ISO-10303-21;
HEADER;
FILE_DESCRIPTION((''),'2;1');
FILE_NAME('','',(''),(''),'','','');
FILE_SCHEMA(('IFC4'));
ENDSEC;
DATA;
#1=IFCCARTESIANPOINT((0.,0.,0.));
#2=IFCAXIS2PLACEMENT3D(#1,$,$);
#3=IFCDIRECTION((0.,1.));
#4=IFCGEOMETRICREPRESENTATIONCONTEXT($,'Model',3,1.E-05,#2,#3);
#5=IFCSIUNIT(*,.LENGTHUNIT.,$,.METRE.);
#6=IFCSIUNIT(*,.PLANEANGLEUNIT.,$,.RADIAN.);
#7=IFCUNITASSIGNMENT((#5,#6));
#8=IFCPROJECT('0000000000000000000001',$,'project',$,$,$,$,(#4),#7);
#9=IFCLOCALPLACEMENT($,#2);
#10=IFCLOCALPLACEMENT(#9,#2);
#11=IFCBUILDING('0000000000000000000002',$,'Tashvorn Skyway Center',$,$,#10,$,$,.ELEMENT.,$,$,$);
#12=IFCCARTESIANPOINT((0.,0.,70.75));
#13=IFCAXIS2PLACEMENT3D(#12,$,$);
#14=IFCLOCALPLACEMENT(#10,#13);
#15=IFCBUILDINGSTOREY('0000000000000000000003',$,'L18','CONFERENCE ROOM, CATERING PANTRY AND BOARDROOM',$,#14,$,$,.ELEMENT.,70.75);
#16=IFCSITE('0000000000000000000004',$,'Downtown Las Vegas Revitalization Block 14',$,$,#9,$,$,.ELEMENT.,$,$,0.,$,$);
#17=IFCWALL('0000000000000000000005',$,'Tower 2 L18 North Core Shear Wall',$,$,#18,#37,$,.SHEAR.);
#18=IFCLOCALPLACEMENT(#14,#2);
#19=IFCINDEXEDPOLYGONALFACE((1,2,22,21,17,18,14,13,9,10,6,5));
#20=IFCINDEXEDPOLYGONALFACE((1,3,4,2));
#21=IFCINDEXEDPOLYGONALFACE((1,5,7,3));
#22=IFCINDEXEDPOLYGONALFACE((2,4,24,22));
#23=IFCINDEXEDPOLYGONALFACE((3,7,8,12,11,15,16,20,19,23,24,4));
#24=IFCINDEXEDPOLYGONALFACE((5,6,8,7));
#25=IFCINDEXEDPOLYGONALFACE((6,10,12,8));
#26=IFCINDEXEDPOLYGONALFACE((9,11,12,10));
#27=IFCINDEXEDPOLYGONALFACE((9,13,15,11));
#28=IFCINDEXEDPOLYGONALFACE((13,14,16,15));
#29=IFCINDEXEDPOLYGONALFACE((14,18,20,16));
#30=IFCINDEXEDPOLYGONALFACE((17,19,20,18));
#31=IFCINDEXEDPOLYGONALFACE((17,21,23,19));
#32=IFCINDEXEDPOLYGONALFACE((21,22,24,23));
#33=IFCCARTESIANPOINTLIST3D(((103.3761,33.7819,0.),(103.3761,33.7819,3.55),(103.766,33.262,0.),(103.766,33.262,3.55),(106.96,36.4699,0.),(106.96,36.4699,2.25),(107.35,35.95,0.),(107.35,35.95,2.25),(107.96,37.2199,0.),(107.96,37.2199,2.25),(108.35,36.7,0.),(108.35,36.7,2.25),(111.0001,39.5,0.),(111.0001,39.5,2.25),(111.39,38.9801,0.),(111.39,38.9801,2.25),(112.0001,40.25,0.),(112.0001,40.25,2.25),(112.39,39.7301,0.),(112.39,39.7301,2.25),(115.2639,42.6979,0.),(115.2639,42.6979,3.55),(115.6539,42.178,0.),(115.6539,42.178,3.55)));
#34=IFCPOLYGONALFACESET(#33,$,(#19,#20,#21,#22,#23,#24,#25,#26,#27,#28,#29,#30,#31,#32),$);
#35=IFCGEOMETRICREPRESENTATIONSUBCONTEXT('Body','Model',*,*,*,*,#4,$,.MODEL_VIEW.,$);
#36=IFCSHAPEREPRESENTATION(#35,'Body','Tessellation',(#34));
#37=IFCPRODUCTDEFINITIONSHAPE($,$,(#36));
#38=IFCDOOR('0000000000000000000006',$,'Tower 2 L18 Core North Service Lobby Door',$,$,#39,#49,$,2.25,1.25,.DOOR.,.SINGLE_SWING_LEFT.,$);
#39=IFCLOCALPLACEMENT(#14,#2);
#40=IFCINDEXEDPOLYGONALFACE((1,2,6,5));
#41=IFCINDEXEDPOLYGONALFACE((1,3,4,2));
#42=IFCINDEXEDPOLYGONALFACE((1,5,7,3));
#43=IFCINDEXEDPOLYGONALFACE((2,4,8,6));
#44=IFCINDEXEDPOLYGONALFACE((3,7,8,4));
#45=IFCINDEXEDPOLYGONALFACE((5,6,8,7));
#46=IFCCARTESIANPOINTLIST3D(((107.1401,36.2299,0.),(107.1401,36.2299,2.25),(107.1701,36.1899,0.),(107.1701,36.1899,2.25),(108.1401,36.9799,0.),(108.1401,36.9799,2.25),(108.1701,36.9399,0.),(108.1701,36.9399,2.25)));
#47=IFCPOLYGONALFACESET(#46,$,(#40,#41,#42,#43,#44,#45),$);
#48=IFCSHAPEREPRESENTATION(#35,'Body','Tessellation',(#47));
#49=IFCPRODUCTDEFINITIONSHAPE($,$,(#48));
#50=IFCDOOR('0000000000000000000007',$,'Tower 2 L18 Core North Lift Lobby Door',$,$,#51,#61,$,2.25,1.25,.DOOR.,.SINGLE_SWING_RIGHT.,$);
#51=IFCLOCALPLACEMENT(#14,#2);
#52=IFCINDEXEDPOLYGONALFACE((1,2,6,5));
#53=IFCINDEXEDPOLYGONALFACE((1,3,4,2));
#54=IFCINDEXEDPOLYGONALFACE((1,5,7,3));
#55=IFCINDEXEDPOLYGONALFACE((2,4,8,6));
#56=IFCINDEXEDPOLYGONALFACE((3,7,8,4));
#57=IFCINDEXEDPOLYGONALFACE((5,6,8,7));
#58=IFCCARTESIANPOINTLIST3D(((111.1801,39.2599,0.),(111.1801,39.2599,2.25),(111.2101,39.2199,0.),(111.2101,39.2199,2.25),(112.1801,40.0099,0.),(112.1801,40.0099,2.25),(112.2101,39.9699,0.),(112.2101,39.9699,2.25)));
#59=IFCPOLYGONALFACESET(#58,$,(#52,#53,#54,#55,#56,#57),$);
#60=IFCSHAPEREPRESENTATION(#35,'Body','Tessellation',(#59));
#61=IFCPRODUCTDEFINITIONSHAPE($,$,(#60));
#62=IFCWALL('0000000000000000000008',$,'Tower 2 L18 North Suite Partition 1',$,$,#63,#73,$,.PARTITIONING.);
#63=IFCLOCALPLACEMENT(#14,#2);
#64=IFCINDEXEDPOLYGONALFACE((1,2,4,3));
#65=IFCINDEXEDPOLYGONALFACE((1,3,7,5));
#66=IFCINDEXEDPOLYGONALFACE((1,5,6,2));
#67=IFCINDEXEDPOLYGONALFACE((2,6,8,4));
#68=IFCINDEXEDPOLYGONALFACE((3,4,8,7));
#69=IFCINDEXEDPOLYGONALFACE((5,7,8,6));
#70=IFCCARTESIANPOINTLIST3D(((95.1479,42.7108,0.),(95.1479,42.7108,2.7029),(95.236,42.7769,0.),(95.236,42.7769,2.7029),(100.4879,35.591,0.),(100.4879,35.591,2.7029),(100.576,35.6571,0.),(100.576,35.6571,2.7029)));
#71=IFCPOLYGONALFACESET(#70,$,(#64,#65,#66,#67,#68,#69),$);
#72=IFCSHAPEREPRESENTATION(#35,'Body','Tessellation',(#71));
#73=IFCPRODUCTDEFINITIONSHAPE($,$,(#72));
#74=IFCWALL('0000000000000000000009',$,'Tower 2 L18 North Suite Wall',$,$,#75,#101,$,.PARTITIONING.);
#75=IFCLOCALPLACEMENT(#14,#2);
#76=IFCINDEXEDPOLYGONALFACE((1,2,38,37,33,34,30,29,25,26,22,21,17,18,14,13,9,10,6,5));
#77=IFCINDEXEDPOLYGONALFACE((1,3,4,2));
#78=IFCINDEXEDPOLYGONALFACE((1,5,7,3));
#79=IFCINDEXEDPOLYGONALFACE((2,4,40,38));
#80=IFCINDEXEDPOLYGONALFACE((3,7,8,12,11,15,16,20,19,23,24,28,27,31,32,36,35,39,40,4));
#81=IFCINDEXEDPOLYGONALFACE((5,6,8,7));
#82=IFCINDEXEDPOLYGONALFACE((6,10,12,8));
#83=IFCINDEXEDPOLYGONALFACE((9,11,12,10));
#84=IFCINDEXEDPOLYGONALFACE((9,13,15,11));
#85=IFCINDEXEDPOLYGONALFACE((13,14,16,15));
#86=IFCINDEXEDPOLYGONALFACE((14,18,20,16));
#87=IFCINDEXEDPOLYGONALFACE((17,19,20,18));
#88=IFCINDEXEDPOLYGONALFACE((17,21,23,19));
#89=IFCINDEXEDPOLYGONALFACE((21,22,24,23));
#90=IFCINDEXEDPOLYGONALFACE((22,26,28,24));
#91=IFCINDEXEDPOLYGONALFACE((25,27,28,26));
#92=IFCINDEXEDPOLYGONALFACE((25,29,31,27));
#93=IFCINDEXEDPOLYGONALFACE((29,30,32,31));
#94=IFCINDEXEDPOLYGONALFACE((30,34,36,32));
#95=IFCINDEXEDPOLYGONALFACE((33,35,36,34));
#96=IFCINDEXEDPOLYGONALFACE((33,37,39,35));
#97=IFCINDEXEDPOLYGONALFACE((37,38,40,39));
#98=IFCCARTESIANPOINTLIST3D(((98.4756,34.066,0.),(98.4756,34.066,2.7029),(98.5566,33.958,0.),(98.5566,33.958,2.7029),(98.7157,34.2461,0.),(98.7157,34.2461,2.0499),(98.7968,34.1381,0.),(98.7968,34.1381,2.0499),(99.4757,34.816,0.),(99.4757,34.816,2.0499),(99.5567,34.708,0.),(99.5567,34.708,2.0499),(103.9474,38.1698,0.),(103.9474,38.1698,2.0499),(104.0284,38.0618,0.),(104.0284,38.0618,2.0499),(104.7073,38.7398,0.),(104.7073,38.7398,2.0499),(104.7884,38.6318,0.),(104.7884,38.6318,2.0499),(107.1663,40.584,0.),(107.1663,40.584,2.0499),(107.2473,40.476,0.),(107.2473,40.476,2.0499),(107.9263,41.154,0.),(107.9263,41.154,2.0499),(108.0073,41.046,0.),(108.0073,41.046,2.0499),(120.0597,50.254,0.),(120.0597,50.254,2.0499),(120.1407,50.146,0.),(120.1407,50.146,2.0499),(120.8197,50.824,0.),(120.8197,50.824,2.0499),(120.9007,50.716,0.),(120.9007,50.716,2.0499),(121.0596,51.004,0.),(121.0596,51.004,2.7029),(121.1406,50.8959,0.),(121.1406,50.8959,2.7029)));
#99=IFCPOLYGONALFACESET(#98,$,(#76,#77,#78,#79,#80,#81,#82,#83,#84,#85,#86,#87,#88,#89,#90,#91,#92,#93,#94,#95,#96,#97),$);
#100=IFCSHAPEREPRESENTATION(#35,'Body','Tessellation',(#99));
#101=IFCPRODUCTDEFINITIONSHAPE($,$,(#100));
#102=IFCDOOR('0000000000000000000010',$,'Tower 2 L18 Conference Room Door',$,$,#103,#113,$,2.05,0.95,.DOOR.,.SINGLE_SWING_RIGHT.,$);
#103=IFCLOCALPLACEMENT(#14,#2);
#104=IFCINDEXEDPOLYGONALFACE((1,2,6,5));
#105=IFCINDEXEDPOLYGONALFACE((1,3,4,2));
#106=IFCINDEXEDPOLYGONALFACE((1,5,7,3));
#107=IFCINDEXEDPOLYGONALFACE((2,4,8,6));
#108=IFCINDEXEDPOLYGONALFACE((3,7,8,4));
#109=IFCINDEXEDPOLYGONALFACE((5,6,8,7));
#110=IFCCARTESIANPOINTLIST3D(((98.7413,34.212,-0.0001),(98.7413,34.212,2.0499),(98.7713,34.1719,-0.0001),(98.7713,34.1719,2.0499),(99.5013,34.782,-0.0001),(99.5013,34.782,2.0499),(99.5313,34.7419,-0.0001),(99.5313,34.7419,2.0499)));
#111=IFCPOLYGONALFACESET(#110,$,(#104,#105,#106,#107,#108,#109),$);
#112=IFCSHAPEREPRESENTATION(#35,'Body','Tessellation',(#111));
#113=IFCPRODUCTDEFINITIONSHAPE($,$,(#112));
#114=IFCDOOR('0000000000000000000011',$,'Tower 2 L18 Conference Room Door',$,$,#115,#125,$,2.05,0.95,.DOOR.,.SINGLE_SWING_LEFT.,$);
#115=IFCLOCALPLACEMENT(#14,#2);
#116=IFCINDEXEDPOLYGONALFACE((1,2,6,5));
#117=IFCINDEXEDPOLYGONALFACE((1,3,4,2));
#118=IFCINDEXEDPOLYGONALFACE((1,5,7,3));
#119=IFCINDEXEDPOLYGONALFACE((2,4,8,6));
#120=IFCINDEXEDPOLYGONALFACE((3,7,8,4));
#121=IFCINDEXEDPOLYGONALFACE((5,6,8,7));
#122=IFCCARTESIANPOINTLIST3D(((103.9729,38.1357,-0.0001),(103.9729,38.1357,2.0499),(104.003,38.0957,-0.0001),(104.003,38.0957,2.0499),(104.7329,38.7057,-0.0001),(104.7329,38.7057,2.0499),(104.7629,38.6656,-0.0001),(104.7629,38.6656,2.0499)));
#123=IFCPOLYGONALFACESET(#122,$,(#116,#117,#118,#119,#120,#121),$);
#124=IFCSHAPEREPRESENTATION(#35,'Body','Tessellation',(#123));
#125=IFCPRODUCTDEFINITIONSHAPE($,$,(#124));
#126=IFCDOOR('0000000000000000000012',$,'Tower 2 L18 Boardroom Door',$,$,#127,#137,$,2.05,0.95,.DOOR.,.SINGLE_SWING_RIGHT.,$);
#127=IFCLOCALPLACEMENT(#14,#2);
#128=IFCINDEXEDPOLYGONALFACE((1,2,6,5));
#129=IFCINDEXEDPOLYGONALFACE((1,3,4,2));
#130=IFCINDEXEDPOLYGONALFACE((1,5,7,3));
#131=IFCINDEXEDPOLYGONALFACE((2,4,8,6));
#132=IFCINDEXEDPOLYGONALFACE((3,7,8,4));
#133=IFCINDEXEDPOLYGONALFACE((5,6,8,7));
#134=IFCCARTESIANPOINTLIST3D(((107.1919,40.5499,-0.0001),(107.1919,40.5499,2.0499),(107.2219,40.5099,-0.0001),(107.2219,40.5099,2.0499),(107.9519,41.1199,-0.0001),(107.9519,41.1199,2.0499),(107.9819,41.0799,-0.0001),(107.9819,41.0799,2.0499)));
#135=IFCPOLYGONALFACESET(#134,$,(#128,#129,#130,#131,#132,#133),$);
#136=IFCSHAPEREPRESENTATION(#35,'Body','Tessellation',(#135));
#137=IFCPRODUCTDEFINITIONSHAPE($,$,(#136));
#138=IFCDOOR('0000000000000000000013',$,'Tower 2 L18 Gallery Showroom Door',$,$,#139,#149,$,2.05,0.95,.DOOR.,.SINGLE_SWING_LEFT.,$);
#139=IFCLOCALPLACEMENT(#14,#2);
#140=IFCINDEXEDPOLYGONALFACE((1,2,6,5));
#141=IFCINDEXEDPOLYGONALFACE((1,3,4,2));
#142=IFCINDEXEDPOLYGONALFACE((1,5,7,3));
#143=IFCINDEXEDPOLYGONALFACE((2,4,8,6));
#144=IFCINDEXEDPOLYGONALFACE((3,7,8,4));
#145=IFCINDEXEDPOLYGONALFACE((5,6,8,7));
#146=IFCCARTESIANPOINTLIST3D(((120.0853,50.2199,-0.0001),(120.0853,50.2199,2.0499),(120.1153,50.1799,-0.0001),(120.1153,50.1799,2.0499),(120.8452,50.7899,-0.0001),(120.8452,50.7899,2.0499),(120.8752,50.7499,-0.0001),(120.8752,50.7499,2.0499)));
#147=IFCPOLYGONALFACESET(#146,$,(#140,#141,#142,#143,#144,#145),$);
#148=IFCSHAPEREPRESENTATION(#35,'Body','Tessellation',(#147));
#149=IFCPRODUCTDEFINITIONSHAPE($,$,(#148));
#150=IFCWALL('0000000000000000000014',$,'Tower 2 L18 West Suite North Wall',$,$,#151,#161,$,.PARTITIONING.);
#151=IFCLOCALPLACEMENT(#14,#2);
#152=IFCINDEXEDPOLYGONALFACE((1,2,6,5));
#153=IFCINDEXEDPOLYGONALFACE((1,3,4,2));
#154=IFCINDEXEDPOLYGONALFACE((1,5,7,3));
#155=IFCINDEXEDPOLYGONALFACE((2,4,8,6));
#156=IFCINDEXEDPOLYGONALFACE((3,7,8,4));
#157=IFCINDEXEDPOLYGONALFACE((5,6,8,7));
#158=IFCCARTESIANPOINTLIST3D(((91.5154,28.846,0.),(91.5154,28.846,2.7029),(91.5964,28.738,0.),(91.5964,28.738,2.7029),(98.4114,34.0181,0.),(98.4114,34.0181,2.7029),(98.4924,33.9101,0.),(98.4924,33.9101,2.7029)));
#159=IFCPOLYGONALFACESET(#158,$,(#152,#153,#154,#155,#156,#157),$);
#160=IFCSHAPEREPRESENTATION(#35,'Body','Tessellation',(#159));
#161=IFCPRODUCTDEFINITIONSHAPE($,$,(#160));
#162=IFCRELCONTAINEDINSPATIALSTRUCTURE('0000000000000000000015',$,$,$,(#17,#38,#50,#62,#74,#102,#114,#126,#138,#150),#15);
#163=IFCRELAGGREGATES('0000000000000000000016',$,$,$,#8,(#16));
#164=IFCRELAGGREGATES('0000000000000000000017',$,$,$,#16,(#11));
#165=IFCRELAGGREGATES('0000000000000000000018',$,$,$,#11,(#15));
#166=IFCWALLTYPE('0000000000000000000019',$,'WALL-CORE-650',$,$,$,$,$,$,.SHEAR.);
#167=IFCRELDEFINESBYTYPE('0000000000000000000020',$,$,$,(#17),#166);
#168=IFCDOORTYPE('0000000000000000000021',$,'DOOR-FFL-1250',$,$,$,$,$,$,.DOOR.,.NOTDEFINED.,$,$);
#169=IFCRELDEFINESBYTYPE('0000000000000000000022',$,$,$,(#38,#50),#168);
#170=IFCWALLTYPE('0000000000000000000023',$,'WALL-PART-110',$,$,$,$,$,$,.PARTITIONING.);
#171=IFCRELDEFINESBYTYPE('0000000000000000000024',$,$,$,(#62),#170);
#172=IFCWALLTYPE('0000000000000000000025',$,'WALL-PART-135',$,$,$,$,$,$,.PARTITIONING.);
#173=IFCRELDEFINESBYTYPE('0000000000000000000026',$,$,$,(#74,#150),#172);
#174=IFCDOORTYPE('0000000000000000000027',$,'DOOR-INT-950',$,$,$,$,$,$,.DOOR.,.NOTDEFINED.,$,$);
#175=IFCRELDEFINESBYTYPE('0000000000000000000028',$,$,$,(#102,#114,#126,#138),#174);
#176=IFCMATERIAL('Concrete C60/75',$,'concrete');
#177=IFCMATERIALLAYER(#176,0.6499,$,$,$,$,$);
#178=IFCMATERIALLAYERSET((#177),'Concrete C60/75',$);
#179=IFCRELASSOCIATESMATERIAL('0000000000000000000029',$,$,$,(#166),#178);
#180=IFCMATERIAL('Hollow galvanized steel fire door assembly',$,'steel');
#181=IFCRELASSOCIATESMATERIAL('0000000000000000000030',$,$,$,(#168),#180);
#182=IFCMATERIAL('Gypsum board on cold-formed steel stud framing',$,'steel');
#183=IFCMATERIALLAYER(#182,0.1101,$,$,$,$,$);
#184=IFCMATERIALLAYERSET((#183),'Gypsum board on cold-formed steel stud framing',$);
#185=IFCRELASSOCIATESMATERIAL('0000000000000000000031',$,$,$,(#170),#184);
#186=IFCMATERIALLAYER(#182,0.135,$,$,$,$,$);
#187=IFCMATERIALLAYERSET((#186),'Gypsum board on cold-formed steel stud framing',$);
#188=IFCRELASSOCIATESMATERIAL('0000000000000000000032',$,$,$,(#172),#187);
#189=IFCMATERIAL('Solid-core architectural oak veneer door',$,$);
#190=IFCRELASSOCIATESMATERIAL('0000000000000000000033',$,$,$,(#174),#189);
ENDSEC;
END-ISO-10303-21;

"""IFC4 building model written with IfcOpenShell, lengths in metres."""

from ifc_helpers import new_model, si_unit, direction, frame, frame_2d, origin, place, context, subcontext, project, spatial, rectangle, extrude, material, layer, layer_set, type_object, element, fill, save


model = new_model("IFC4")

# Units and contexts
model_context = context("Model", 3, precision=1e-05, world=origin(), true_north=direction((0.0, 1.0)))
body_context = subcontext(model_context, "Body", "Model", "MODEL_VIEW")
ifc_project = project(units=[si_unit("LENGTHUNIT", "METRE"), si_unit("PLANEANGLEUNIT", "RADIAN")], contexts=[model_context])

# Site, building, storey
site_placement = place(None, origin())
site = spatial("IfcSite", under=ifc_project, at=site_placement, Name="Downtown Las Vegas Revitalization Block 14", CompositionType="ELEMENT", RefElevation=0.0)
building_placement = place(site_placement, origin())
building = spatial("IfcBuilding", under=site, at=building_placement, Name="Tashvorn Skyway Center", CompositionType="ELEMENT")
storey_placement = place(building_placement, frame((0.0, 0.0, 70.75)))
storey = spatial("IfcBuildingStorey", under=building, at=storey_placement, Name="L18", Description="CONFERENCE ROOM, CATERING PANTRY AND BOARDROOM", CompositionType="ELEMENT", Elevation=70.75)

# Wall, openings, doors
ifc_material_1 = material(Name="Concrete C60/75", Category="concrete")
ifc_layer_1 = layer(ifc_material_1, 0.6499)
ifc_layer_set_1 = layer_set([ifc_layer_1], Name="Concrete C60/75")
wall_type_1 = type_object("IfcWallType", Name="WALL-CORE-650", PredefinedType="SHEAR", material=ifc_layer_set_1)
wall_1_placement = place(storey_placement, frame((103.571, 33.522, 0.0), z_axis=(0.0, 0.0, 1.0), x_axis=(0.799998, 0.600003, 0.0)))
wall_1 = element("IfcWall", 1, at=wall_1_placement, inside=storey, type_object=wall_type_1, Name="Tower 2 L18 North Core Shear Wall", PredefinedType="SHEAR", context=body_context, shape_type="SweptSolid", body=[
    extrude(rectangle(XDim=14.8599, YDim=0.6499, at=frame_2d((7.4299, 0.0))), origin(), (0.0, 0.0, 1.0), 3.55),
])
opening_1_placement = place(wall_1_placement, frame((4.48, 0.0, 0.0)))
opening_1 = element("IfcOpeningElement", 2, at=opening_1_placement, cuts=wall_1, PredefinedType="OPENING", context=body_context, shape_type="SweptSolid", body=[
    extrude(rectangle(XDim=1.25, YDim=2.25, at=frame_2d((0.625, 1.125))), frame((0.0, 0.335, 0.0), z_axis=(0.0, -1.0, 0.0), x_axis=(1.0, 0.0, 0.0)), (0.0, 0.0, 1.0), 0.6699),
])
opening_2_placement = place(wall_1_placement, frame((9.53, 0.0, 0.0)))
opening_2 = element("IfcOpeningElement", 3, at=opening_2_placement, cuts=wall_1, PredefinedType="OPENING", context=body_context, shape_type="SweptSolid", body=[
    extrude(rectangle(XDim=1.25, YDim=2.25, at=frame_2d((0.625, 1.125))), frame((0.0, 0.335, 0.0), z_axis=(0.0, -1.0, 0.0), x_axis=(1.0, 0.0, 0.0)), (0.0, 0.0, 1.0), 0.6699),
])
ifc_material_2 = material(Name="Hollow galvanized steel fire door assembly", Category="steel")
door_type_1 = type_object("IfcDoorType", Name="DOOR-FFL-1250", OperationType="NOTDEFINED", PredefinedType="DOOR", material=ifc_material_2)
door_1_placement = place(opening_1_placement, origin())
door_1 = element("IfcDoor", 4, at=door_1_placement, inside=storey, type_object=door_type_1, Name="Tower 2 L18 Core North Service Lobby Door", OperationType="SINGLE_SWING_LEFT", OverallHeight=2.25, OverallWidth=1.25, PredefinedType="DOOR", context=body_context, shape_type="SweptSolid", body=[
    extrude(rectangle(XDim=1.25, YDim=2.25, at=frame_2d((0.625, 1.125))), frame((0.0, 0.0249, 0.0), z_axis=(0.0, -1.0, 0.0), x_axis=(1.0, 0.0, 0.0)), (0.0, 0.0, 1.0), 0.05),
])
fill(opening_1, door_1)
door_2_placement = place(opening_2_placement, origin())
door_2 = element("IfcDoor", 5, at=door_2_placement, inside=storey, type_object=door_type_1, Name="Tower 2 L18 Core North Lift Lobby Door", OperationType="SINGLE_SWING_RIGHT", OverallHeight=2.25, OverallWidth=1.25, PredefinedType="DOOR", context=body_context, shape_type="SweptSolid", body=[
    extrude(rectangle(XDim=1.25, YDim=2.25, at=frame_2d((0.625, 1.125))), frame((0.0, 0.0249, 0.0), z_axis=(0.0, -1.0, 0.0), x_axis=(1.0, 0.0, 0.0)), (0.0, 0.0, 1.0), 0.05),
])
fill(opening_2, door_2)

# Wall
ifc_material_3 = material(Name="Gypsum board on cold-formed steel stud framing", Category="steel")
ifc_layer_2 = layer(ifc_material_3, 0.1101)
ifc_layer_set_2 = layer_set([ifc_layer_2], Name="Gypsum board on cold-formed steel stud framing")
wall_type_2 = type_object("IfcWallType", Name="WALL-PART-110", PredefinedType="PARTITIONING", material=ifc_layer_set_2)
wall_2_placement = place(storey_placement, frame((100.532, 35.624, 0.0), z_axis=(0.0, 0.0, 1.0), x_axis=(-0.600013, 0.79999, 0.0)))
element("IfcWall", 6, at=wall_2_placement, inside=storey, type_object=wall_type_2, Name="Tower 2 L18 North Suite Partition 1", PredefinedType="PARTITIONING", context=body_context, shape_type="SweptSolid", body=[
    extrude(rectangle(XDim=8.8999, YDim=0.1101, at=frame_2d((4.45, 0.0))), origin(), (0.0, 0.0, 1.0), 2.7029),
])

# Wall, openings, doors
ifc_layer_3 = layer(ifc_material_3, 0.135)
ifc_layer_set_3 = layer_set([ifc_layer_3], Name="Gypsum board on cold-formed steel stud framing")
wall_type_3 = type_object("IfcWallType", Name="WALL-PART-135", PredefinedType="PARTITIONING", material=ifc_layer_set_3)
wall_3_placement = place(storey_placement, frame((98.5161, 34.012, 0.0), z_axis=(0.0, 0.0, 1.0), x_axis=(0.8, 0.6, 0.0)))
wall_3 = element("IfcWall", 7, at=wall_3_placement, inside=storey, type_object=wall_type_3, Name="Tower 2 L18 North Suite Wall", PredefinedType="PARTITIONING", context=body_context, shape_type="SweptSolid", body=[
    extrude(rectangle(XDim=28.23, YDim=0.135, at=frame_2d((14.115, 0.0))), origin(), (0.0, 0.0, 1.0), 2.7029),
])
opening_3_placement = place(wall_3_placement, frame((0.3, 0.0, 0.0)))
opening_3 = element("IfcOpeningElement", 8, at=opening_3_placement, cuts=wall_3, PredefinedType="OPENING", context=body_context, shape_type="SweptSolid", body=[
    extrude(rectangle(XDim=0.95, YDim=2.05, at=frame_2d((0.4751, 1.0249))), frame((0.0, 0.0774, 0.0), z_axis=(0.0, -1.0, 0.0), x_axis=(1.0, 0.0, 0.0)), (0.0, 0.0, 1.0), 0.155),
])
opening_4_placement = place(wall_3_placement, frame((6.8396, 0.0, 0.0)))
opening_4 = element("IfcOpeningElement", 9, at=opening_4_placement, cuts=wall_3, PredefinedType="OPENING", context=body_context, shape_type="SweptSolid", body=[
    extrude(rectangle(XDim=0.95, YDim=2.05, at=frame_2d((0.4751, 1.0249))), frame((0.0, 0.0774, 0.0), z_axis=(0.0, -1.0, 0.0), x_axis=(1.0, 0.0, 0.0)), (0.0, 0.0, 1.0), 0.155),
])
opening_5_placement = place(wall_3_placement, frame((10.8633, 0.0, 0.0)))
opening_5 = element("IfcOpeningElement", 10, at=opening_5_placement, cuts=wall_3, PredefinedType="OPENING", context=body_context, shape_type="SweptSolid", body=[
    extrude(rectangle(XDim=0.95, YDim=2.05, at=frame_2d((0.4751, 1.0249))), frame((0.0, 0.0774, 0.0), z_axis=(0.0, -1.0, 0.0), x_axis=(1.0, 0.0, 0.0)), (0.0, 0.0, 1.0), 0.155),
])
opening_6_placement = place(wall_3_placement, frame((26.98, 0.0, 0.0)))
opening_6 = element("IfcOpeningElement", 11, at=opening_6_placement, cuts=wall_3, PredefinedType="OPENING", context=body_context, shape_type="SweptSolid", body=[
    extrude(rectangle(XDim=0.95, YDim=2.05, at=frame_2d((0.4751, 1.0249))), frame((0.0, 0.0774, 0.0), z_axis=(0.0, -1.0, 0.0), x_axis=(1.0, 0.0, 0.0)), (0.0, 0.0, 1.0), 0.155),
])
ifc_material_4 = material(Name="Solid-core architectural oak veneer door")
door_type_2 = type_object("IfcDoorType", Name="DOOR-INT-950", OperationType="NOTDEFINED", PredefinedType="DOOR", material=ifc_material_4)
door_3_placement = place(opening_3_placement, origin())
door_3 = element("IfcDoor", 12, at=door_3_placement, inside=storey, type_object=door_type_2, Name="Tower 2 L18 Conference Room Door", OperationType="SINGLE_SWING_RIGHT", OverallHeight=2.05, OverallWidth=0.95, PredefinedType="DOOR", context=body_context, shape_type="SweptSolid", body=[
    extrude(rectangle(XDim=0.95, YDim=2.05, at=frame_2d((0.4751, 1.0249))), frame((0.0, 0.0249, 0.0), z_axis=(0.0, -1.0, 0.0), x_axis=(1.0, 0.0, 0.0)), (0.0, 0.0, 1.0), 0.05),
])
fill(opening_3, door_3)
door_4_placement = place(opening_4_placement, origin())
door_4 = element("IfcDoor", 13, at=door_4_placement, inside=storey, type_object=door_type_2, Name="Tower 2 L18 Conference Room Door", OperationType="SINGLE_SWING_LEFT", OverallHeight=2.05, OverallWidth=0.95, PredefinedType="DOOR", context=body_context, shape_type="SweptSolid", body=[
    extrude(rectangle(XDim=0.95, YDim=2.05, at=frame_2d((0.4751, 1.0249))), frame((0.0, 0.0249, 0.0), z_axis=(0.0, -1.0, 0.0), x_axis=(1.0, 0.0, 0.0)), (0.0, 0.0, 1.0), 0.05),
])
fill(opening_4, door_4)
door_5_placement = place(opening_5_placement, origin())
door_5 = element("IfcDoor", 14, at=door_5_placement, inside=storey, type_object=door_type_2, Name="Tower 2 L18 Boardroom Door", OperationType="SINGLE_SWING_RIGHT", OverallHeight=2.05, OverallWidth=0.95, PredefinedType="DOOR", context=body_context, shape_type="SweptSolid", body=[
    extrude(rectangle(XDim=0.95, YDim=2.05, at=frame_2d((0.4751, 1.0249))), frame((0.0, 0.0249, 0.0), z_axis=(0.0, -1.0, 0.0), x_axis=(1.0, 0.0, 0.0)), (0.0, 0.0, 1.0), 0.05),
])
fill(opening_5, door_5)
door_6_placement = place(opening_6_placement, origin())
door_6 = element("IfcDoor", 15, at=door_6_placement, inside=storey, type_object=door_type_2, Name="Tower 2 L18 Gallery Showroom Door", OperationType="SINGLE_SWING_LEFT", OverallHeight=2.05, OverallWidth=0.95, PredefinedType="DOOR", context=body_context, shape_type="SweptSolid", body=[
    extrude(rectangle(XDim=0.95, YDim=2.05, at=frame_2d((0.4751, 1.0249))), frame((0.0, 0.0249, 0.0), z_axis=(0.0, -1.0, 0.0), x_axis=(1.0, 0.0, 0.0)), (0.0, 0.0, 1.0), 0.05),
])
fill(opening_6, door_6)

# Wall
wall_4_placement = place(storey_placement, frame((98.4519, 33.9641, 0.0), z_axis=(0.0, 0.0, 1.0), x_axis=(-0.799993, -0.600009, 0.0)))
element("IfcWall", 16, at=wall_4_placement, inside=storey, type_object=wall_type_3, Name="Tower 2 L18 West Suite North Wall", PredefinedType="PARTITIONING", context=body_context, shape_type="SweptSolid", body=[
    extrude(rectangle(XDim=8.6201, YDim=0.135, at=frame_2d((4.3101, 0.0))), origin(), (0.0, 0.0, 1.0), 2.7029),
])

save(model, "model.ifc")
